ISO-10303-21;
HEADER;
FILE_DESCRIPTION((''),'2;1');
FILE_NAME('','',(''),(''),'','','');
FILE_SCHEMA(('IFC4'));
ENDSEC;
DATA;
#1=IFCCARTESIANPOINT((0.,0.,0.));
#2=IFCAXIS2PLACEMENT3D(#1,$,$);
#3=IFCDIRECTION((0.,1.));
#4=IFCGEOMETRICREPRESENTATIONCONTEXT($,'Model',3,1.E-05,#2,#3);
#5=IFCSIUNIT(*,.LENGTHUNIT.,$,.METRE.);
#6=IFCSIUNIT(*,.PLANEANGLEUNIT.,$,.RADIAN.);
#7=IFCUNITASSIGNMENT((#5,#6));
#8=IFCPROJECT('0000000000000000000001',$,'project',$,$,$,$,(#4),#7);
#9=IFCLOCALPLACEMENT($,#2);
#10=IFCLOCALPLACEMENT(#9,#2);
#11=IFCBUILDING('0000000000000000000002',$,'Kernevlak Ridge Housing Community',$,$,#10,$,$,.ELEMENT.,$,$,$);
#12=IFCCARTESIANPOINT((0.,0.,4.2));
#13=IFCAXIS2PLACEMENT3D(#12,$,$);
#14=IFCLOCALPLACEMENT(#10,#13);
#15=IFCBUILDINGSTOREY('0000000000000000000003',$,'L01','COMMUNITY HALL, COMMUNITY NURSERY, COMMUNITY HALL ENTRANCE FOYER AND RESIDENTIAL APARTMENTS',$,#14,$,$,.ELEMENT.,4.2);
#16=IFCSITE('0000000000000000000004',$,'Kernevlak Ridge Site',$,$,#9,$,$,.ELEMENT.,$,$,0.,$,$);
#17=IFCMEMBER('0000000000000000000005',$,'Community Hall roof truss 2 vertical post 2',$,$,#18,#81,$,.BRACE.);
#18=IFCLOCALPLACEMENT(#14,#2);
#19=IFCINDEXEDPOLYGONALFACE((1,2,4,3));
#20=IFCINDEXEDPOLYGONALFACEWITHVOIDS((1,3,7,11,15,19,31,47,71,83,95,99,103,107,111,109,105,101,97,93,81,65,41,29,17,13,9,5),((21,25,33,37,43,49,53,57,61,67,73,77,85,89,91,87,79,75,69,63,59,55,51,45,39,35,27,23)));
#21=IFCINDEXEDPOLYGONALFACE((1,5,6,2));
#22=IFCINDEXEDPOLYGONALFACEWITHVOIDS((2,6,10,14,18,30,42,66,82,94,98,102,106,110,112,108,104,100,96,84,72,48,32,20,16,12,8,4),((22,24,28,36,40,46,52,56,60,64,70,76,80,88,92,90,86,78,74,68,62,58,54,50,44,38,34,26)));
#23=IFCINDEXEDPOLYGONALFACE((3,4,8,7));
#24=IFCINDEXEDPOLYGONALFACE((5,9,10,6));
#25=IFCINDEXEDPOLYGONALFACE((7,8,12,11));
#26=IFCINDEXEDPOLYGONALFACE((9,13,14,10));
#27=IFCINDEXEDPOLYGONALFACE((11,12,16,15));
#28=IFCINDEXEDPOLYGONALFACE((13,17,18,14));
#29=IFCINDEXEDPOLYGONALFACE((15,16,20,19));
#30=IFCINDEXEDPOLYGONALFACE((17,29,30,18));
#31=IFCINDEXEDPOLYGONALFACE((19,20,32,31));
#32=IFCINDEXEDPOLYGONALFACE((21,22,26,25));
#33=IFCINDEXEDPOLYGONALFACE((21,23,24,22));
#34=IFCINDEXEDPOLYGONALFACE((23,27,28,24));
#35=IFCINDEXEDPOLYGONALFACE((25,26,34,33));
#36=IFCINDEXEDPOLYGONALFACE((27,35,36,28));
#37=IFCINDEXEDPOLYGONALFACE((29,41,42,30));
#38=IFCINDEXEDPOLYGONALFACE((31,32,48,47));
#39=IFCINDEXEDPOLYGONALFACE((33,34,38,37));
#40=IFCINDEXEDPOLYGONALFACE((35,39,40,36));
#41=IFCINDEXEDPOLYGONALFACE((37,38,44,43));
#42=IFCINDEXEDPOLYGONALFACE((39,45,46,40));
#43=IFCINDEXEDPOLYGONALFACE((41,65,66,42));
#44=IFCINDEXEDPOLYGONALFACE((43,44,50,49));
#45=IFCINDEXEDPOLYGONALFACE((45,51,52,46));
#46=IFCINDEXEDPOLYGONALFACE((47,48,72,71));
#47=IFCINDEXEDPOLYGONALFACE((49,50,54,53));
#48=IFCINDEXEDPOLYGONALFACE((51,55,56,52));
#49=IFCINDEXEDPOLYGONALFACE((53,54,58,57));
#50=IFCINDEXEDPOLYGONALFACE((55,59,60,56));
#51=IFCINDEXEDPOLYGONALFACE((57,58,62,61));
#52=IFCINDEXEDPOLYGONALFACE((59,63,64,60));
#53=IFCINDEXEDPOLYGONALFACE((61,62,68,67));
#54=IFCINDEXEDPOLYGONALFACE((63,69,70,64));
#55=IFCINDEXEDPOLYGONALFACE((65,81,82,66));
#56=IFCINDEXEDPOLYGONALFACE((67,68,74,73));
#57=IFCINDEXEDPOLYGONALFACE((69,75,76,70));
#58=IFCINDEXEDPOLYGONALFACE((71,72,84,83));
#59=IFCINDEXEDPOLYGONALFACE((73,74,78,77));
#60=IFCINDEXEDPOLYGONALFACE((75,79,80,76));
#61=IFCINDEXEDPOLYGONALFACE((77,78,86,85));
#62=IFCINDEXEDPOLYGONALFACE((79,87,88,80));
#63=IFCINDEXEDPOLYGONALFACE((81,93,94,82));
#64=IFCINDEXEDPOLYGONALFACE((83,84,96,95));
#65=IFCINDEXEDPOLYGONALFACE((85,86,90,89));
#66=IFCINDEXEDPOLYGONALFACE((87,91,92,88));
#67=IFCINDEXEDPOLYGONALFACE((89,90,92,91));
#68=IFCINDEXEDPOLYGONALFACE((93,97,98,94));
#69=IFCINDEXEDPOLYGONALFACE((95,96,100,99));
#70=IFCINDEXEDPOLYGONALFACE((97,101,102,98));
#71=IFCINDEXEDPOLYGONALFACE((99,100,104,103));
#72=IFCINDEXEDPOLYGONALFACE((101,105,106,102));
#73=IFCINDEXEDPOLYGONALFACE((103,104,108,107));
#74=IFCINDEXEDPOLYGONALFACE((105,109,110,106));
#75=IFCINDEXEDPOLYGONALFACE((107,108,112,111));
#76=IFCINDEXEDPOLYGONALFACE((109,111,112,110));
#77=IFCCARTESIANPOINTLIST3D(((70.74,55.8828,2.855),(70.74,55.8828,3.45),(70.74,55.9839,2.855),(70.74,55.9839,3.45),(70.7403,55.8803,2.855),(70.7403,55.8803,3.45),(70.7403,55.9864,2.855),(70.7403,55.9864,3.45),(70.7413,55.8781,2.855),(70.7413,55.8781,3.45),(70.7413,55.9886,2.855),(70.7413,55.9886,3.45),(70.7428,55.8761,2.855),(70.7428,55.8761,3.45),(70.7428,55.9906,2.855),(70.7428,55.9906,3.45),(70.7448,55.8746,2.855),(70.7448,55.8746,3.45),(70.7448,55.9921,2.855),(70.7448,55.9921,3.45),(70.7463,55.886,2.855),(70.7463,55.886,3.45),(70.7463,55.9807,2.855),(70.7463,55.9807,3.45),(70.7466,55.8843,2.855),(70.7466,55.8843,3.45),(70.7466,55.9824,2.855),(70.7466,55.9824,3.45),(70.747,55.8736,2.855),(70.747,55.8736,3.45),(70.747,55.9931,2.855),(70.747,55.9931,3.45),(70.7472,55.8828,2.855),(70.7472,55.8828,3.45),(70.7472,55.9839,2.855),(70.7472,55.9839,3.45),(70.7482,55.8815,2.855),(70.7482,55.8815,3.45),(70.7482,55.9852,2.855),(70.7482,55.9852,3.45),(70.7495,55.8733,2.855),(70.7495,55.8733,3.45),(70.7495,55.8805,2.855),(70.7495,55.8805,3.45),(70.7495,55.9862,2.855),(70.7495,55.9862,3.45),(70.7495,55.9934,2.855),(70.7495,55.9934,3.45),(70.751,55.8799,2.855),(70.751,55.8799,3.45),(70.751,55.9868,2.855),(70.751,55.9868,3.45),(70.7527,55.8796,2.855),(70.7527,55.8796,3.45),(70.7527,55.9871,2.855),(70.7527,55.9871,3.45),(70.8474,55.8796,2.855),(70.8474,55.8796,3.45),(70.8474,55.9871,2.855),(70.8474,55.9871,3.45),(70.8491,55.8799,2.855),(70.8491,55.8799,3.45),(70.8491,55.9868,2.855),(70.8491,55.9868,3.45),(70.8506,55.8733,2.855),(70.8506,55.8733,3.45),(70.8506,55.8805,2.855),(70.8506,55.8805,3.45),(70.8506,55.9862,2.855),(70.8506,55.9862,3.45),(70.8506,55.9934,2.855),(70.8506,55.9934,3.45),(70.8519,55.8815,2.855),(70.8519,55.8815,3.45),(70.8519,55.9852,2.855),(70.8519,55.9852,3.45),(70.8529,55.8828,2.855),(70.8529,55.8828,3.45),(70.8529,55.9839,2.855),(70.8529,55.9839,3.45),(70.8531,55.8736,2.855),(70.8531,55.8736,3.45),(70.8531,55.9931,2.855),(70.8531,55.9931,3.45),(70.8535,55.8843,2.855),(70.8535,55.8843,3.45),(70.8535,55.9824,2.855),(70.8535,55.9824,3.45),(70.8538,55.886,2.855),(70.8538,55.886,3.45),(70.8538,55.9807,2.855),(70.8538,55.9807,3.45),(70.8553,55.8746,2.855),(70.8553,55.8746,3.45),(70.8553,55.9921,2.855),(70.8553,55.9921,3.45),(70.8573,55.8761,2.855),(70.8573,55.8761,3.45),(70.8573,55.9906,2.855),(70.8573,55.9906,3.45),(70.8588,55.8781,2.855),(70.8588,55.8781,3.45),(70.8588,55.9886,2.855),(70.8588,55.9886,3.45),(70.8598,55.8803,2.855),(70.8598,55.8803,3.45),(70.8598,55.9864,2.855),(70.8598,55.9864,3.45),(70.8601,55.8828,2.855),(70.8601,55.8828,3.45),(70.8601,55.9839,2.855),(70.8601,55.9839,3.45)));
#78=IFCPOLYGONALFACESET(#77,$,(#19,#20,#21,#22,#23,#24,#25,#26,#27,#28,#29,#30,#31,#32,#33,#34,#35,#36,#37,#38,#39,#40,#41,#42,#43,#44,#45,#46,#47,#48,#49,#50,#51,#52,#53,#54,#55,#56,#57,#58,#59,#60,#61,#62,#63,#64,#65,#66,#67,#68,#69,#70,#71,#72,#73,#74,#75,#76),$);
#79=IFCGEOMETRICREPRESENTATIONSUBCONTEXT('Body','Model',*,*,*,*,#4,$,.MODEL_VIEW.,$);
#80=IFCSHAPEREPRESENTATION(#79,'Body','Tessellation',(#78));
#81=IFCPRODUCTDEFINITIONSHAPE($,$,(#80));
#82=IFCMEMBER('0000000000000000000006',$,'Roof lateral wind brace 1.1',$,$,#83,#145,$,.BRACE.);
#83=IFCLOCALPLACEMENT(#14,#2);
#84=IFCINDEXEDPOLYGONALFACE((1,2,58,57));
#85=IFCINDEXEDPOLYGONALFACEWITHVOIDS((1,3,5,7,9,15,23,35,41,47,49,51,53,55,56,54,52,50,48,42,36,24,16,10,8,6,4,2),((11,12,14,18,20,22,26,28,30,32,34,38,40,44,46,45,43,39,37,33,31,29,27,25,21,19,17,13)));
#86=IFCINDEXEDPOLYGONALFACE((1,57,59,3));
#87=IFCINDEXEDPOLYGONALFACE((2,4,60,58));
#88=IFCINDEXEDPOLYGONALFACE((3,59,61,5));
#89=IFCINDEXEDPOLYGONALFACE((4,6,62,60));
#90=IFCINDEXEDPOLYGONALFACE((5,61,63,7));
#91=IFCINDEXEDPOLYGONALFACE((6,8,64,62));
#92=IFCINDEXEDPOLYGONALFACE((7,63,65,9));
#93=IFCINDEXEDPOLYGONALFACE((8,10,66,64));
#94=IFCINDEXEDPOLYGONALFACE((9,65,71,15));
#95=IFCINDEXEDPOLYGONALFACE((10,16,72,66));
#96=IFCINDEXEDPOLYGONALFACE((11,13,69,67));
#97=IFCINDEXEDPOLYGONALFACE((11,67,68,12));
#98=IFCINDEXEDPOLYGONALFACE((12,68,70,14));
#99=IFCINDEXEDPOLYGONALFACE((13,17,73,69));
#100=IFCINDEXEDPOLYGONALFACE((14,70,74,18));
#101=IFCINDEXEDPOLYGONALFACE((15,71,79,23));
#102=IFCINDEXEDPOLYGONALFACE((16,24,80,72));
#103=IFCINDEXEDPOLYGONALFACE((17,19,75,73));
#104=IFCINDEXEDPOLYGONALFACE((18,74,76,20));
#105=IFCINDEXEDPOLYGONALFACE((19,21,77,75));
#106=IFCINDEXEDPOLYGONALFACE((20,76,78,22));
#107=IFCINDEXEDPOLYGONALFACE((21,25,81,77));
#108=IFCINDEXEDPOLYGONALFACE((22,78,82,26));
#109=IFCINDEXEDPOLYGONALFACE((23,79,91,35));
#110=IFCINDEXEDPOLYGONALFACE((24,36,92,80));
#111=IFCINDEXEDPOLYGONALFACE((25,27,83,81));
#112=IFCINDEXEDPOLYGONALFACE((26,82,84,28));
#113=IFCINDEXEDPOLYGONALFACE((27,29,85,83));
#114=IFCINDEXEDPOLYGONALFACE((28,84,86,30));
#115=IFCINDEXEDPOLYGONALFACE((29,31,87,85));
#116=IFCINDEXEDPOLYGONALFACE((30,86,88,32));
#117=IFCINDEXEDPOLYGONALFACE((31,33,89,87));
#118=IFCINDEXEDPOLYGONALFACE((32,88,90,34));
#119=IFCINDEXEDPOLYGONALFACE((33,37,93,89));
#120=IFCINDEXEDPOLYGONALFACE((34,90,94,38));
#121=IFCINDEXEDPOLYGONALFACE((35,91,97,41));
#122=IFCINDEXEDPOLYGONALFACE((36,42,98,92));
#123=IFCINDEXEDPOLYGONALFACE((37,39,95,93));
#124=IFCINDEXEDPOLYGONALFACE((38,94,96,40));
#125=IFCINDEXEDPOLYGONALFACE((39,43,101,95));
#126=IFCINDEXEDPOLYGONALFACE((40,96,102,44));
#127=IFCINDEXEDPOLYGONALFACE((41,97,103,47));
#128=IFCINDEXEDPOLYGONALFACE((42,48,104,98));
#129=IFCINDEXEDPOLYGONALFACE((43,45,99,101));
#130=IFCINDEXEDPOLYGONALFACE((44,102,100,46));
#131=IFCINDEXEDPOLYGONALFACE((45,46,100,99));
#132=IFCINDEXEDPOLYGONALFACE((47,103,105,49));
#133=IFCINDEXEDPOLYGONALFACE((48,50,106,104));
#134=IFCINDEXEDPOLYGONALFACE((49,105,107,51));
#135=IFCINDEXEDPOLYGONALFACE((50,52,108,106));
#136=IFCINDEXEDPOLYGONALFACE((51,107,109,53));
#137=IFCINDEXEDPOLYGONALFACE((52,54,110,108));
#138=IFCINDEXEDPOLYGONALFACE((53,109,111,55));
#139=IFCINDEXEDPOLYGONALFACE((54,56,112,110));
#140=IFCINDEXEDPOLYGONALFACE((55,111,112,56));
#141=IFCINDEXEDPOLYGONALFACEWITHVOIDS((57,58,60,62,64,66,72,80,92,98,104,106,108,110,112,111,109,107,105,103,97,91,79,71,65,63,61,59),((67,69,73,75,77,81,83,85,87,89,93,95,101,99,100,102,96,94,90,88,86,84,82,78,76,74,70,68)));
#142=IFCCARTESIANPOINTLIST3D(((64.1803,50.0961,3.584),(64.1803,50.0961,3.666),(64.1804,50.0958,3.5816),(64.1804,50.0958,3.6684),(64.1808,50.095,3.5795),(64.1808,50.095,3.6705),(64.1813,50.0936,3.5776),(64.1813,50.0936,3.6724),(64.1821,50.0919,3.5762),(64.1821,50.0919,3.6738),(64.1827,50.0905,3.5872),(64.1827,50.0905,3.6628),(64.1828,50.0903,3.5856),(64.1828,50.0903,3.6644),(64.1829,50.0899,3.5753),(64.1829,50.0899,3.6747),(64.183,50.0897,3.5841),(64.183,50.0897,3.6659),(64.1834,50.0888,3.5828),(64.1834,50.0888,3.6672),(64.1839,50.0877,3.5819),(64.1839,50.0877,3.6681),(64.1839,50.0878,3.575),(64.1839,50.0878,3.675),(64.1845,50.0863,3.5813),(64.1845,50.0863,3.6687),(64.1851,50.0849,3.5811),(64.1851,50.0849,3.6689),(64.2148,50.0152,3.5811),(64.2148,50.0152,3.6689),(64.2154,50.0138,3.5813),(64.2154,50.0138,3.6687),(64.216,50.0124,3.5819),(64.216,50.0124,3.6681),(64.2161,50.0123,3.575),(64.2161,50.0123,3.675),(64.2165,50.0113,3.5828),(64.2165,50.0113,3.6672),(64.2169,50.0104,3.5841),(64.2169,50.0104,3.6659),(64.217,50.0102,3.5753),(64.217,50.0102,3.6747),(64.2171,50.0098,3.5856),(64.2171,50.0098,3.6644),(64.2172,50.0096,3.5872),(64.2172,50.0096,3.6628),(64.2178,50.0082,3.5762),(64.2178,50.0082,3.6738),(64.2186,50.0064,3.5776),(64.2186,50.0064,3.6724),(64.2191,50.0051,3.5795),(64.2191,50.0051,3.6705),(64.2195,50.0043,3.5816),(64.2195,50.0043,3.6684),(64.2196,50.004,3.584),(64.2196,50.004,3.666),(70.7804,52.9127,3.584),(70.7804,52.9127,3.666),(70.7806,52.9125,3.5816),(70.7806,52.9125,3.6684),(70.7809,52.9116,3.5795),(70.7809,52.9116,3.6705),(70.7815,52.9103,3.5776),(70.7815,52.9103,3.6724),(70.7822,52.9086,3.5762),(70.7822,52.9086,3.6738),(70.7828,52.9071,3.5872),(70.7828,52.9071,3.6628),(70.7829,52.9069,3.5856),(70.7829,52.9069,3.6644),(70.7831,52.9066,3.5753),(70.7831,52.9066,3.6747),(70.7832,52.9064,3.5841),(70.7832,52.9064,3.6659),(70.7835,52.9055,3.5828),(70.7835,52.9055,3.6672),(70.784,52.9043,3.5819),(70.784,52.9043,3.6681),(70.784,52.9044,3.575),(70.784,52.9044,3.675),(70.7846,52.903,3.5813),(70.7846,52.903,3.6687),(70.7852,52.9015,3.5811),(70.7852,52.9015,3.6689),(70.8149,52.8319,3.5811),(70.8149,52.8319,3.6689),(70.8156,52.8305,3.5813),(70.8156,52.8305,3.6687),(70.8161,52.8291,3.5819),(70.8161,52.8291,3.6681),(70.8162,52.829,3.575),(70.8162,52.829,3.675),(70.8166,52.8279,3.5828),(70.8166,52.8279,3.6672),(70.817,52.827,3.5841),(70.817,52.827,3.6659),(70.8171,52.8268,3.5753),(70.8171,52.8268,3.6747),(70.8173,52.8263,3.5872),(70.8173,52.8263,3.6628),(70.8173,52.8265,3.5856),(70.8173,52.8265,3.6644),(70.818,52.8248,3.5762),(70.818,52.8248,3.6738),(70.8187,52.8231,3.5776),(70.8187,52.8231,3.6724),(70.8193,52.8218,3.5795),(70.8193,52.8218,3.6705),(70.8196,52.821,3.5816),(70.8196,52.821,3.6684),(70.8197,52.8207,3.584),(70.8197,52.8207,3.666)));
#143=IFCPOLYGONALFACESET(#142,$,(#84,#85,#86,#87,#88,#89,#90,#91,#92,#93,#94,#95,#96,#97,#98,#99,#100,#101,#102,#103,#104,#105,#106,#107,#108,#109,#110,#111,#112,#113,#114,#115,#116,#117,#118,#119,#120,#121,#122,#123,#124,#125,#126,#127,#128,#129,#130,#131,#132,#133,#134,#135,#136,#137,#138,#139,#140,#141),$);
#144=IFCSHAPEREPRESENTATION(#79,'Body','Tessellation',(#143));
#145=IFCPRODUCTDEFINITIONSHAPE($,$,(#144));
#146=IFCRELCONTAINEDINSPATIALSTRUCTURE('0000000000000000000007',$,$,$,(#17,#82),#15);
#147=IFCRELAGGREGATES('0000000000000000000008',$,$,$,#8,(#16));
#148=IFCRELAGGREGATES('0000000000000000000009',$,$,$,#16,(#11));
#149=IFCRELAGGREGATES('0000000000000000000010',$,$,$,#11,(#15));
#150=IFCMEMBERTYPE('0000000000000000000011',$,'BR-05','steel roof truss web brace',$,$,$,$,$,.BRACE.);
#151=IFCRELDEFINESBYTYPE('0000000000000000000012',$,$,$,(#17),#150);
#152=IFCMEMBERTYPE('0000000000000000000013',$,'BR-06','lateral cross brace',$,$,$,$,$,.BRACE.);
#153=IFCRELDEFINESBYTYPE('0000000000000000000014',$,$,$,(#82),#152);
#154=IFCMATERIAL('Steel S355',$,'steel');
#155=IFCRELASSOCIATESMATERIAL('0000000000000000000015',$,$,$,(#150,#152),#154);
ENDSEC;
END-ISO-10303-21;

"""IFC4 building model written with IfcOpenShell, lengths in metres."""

from ifc_helpers import new_model, si_unit, direction, frame, origin, origin_2d, place, context, subcontext, project, spatial, hollow_rectangle, extrude, material, material_profile, profile_set, type_object, element, save


model = new_model("IFC4")

# Units and contexts
model_context = context("Model", 3, precision=1e-05, world=origin(), true_north=direction((0.0, 1.0)))
body_context = subcontext(model_context, "Body", "Model", "MODEL_VIEW")
ifc_project = project(units=[si_unit("LENGTHUNIT", "METRE"), si_unit("PLANEANGLEUNIT", "RADIAN")], contexts=[model_context])

# Site, building, storey
site_placement = place(None, origin())
site = spatial("IfcSite", under=ifc_project, at=site_placement, Name="Kernevlak Ridge Site", CompositionType="ELEMENT", RefElevation=0.0)
building_placement = place(site_placement, origin())
building = spatial("IfcBuilding", under=site, at=building_placement, Name="Kernevlak Ridge Housing Community", CompositionType="ELEMENT")
storey_placement = place(building_placement, frame((0.0, 0.0, 4.2)))
storey = spatial("IfcBuildingStorey", under=building, at=storey_placement, Name="L01", Description="COMMUNITY HALL, COMMUNITY NURSERY, COMMUNITY HALL ENTRANCE FOYER AND RESIDENTIAL APARTMENTS", CompositionType="ELEMENT", Elevation=4.2)

# Members
ifc_material_1 = material(Name="Steel S355", Category="steel")
ifc_material_profile_1 = material_profile(ifc_material_1, hollow_rectangle(XDim=0.1201, YDim=0.1201, WallThickness=0.0063, InnerFilletRadius=0.0063, OuterFilletRadius=0.0095, at=origin_2d()), Name="SHS 120x120x6.3")
ifc_profile_set_1 = profile_set([ifc_material_profile_1], Name="Steel S355")
member_type_1 = type_object("IfcMemberType", Name="BR-05", Description="steel roof truss web brace", PredefinedType="BRACE", material=ifc_profile_set_1)
member_1_placement = place(storey_placement, frame((70.8, 55.9333, 2.855), z_axis=(0.0, 0.0, 1.0), x_axis=(1.0, 0.0, 0.0)))
element("IfcMember", 1, at=member_1_placement, inside=storey, type_object=member_type_1, Name="Community Hall roof truss 2 vertical post 2", PredefinedType="BRACE", context=body_context, shape_type="SweptSolid", body=[
    extrude(hollow_rectangle(XDim=0.1201, YDim=0.1201, WallThickness=0.0063, InnerFilletRadius=0.0063, OuterFilletRadius=0.0095, at=origin_2d()), origin(), (0.0, 0.0, 1.0), 0.595),
])
ifc_material_profile_2 = material_profile(ifc_material_1, hollow_rectangle(XDim=0.1001, YDim=0.1001, WallThickness=0.0061, InnerFilletRadius=0.0061, OuterFilletRadius=0.009, at=origin_2d()), Name="SHS 100x100x6")
ifc_profile_set_2 = profile_set([ifc_material_profile_2], Name="Steel S355")
member_type_2 = type_object("IfcMemberType", Name="BR-06", Description="lateral cross brace", PredefinedType="BRACE", material=ifc_profile_set_2)
member_2_placement = place(storey_placement, frame((64.2, 50.05, 3.625), z_axis=(0.919748, 0.39251, 0.0), x_axis=(-0.39251, 0.919748, 0.0)))
element("IfcMember", 2, at=member_2_placement, inside=storey, type_object=member_type_2, Name="Roof lateral wind brace 1.1", PredefinedType="BRACE", context=body_context, shape_type="SweptSolid", body=[
    extrude(hollow_rectangle(XDim=0.1001, YDim=0.1001, WallThickness=0.0061, InnerFilletRadius=0.0061, OuterFilletRadius=0.009, at=origin_2d()), origin(), (0.0, 0.0, 1.0), 7.176),
])

save(model, "model.ifc")
